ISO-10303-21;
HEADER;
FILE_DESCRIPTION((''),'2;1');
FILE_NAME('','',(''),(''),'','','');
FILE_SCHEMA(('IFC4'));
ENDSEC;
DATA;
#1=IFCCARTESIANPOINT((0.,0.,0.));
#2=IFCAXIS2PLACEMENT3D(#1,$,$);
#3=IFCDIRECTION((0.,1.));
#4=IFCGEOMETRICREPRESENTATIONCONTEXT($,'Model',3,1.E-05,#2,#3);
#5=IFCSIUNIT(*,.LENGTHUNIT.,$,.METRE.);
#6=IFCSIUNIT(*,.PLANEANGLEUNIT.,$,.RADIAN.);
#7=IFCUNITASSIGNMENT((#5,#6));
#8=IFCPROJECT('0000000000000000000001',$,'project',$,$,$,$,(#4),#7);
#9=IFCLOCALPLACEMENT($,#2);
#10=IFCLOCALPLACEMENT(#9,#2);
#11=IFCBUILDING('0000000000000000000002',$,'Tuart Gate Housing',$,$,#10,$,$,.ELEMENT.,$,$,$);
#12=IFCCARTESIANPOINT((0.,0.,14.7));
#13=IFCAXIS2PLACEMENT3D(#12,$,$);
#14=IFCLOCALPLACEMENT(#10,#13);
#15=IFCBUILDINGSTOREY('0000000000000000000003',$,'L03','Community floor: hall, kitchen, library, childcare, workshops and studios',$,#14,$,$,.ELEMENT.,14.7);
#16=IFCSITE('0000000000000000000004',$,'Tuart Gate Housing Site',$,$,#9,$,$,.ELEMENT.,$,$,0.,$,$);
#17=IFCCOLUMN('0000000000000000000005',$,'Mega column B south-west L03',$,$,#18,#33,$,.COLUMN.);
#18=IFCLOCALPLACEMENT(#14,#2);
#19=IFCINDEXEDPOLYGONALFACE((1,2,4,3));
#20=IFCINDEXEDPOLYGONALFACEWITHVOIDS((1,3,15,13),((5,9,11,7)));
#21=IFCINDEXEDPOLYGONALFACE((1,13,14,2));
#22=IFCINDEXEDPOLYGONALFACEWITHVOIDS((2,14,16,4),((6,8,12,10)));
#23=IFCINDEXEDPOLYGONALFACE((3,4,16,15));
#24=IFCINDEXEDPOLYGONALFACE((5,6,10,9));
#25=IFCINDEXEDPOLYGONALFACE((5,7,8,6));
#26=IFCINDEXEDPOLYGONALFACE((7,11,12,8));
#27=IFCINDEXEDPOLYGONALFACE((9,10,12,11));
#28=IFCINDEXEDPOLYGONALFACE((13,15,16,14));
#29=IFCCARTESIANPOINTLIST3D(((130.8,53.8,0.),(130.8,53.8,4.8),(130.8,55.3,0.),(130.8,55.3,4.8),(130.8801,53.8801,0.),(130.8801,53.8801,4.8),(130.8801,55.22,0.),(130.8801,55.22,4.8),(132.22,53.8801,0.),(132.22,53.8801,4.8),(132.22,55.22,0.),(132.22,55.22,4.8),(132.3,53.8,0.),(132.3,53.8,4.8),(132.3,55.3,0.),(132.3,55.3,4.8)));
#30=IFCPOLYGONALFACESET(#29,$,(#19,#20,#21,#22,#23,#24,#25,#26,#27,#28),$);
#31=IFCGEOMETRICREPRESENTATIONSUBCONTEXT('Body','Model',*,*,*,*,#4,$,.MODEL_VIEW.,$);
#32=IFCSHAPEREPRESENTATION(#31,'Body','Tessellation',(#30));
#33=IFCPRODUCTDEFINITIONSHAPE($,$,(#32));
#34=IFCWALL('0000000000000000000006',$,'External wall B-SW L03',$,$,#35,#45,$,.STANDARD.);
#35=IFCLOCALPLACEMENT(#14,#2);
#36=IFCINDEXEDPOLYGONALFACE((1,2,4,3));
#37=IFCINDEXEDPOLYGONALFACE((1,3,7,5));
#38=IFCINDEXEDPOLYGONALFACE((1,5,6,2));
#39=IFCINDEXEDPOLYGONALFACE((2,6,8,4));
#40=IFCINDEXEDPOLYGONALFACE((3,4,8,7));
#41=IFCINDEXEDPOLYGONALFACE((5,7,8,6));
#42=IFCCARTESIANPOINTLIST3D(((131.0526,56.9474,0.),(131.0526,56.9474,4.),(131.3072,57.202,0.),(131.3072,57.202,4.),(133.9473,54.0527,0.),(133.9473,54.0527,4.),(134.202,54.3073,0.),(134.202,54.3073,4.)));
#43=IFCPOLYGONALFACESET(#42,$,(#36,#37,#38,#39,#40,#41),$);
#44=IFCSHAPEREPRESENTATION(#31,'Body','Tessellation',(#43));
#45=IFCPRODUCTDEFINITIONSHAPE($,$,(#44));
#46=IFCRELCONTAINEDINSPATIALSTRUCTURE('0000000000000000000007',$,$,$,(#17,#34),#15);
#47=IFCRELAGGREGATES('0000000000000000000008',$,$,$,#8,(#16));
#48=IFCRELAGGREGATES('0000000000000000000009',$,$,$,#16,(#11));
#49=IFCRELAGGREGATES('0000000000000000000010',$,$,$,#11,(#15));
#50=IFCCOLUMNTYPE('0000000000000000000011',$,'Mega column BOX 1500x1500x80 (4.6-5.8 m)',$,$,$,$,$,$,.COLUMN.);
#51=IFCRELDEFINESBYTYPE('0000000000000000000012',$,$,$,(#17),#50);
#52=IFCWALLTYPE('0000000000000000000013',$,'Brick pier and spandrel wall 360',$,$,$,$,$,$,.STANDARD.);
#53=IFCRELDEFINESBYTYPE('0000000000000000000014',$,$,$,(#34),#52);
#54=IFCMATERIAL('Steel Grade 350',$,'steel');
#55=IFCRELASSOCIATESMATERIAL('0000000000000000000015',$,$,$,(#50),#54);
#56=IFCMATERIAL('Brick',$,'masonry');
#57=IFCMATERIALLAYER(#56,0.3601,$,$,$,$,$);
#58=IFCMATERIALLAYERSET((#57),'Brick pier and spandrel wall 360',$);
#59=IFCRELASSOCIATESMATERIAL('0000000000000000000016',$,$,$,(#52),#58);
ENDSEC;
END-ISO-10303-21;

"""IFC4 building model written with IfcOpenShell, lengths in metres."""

from ifc_helpers import new_model, si_unit, direction, frame, frame_2d, origin, origin_2d, place, context, subcontext, project, spatial, rectangle, hollow_rectangle, extrude, material, layer, layer_set, material_profile, profile_set, type_object, element, save


model = new_model("IFC4")

# Units and contexts
model_context = context("Model", 3, precision=1e-05, world=origin(), true_north=direction((0.0, 1.0)))
body_context = subcontext(model_context, "Body", "Model", "MODEL_VIEW")
ifc_project = project(units=[si_unit("LENGTHUNIT", "METRE"), si_unit("PLANEANGLEUNIT", "RADIAN")], contexts=[model_context])

# Site, building, storey
site_placement = place(None, origin())
site = spatial("IfcSite", under=ifc_project, at=site_placement, Name="Tuart Gate Housing Site", CompositionType="ELEMENT", RefElevation=0.0)
building_placement = place(site_placement, origin())
building = spatial("IfcBuilding", under=site, at=building_placement, Name="Tuart Gate Housing", CompositionType="ELEMENT")
storey_placement = place(building_placement, frame((0.0, 0.0, 14.7)))
storey = spatial("IfcBuildingStorey", under=building, at=storey_placement, Name="L03", Description="Community floor: hall, kitchen, library, childcare, workshops and studios", CompositionType="ELEMENT", Elevation=14.7)

# Column
ifc_material_1 = material(Name="Steel Grade 350", Category="steel")
ifc_material_profile = material_profile(ifc_material_1, hollow_rectangle(XDim=1.5, YDim=1.5, WallThickness=0.0801, at=origin_2d()), Name="BOX 1500x1500x80")
ifc_profile_set = profile_set([ifc_material_profile], Name="Steel Grade 350")
column_type = type_object("IfcColumnType", Name="Mega column BOX 1500x1500x80 (4.6-5.8 m)", PredefinedType="COLUMN", material=ifc_profile_set)
column_placement = place(storey_placement, frame((131.55, 54.55, 0.0), z_axis=(0.0, 0.0, 1.0), x_axis=(1.0, 0.0, 0.0)))
element("IfcColumn", 1, at=column_placement, inside=storey, type_object=column_type, Name="Mega column B south-west L03", PredefinedType="COLUMN", context=body_context, shape_type="SweptSolid", body=[
    extrude(hollow_rectangle(XDim=1.5, YDim=1.5, WallThickness=0.0801, at=origin_2d()), origin(), (0.0, 0.0, 1.0), 4.8),
])

# Wall
ifc_material_2 = material(Name="Brick", Category="masonry")
ifc_layer_1 = layer(ifc_material_2, 0.3601)
ifc_layer_set_1 = layer_set([ifc_layer_1], Name="Brick pier and spandrel wall 360")
wall_type_1 = type_object("IfcWallType", Name="Brick pier and spandrel wall 360", PredefinedType="STANDARD", material=ifc_layer_set_1)
wall_1_placement = place(storey_placement, frame((131.1799, 57.0747, 0.0), z_axis=(0.0, 0.0, 1.0), x_axis=(0.707107, -0.707107, 0.0)))
element("IfcWall", 2, at=wall_1_placement, inside=storey, type_object=wall_type_1, Name="External wall B-SW L03", PredefinedType="STANDARD", context=body_context, shape_type="SweptSolid", body=[
    extrude(rectangle(XDim=4.0938, YDim=0.3601, at=frame_2d((2.0469, 0.0))), origin(), (0.0, 0.0, 1.0), 4.0),
])

save(model, "model.ifc")
